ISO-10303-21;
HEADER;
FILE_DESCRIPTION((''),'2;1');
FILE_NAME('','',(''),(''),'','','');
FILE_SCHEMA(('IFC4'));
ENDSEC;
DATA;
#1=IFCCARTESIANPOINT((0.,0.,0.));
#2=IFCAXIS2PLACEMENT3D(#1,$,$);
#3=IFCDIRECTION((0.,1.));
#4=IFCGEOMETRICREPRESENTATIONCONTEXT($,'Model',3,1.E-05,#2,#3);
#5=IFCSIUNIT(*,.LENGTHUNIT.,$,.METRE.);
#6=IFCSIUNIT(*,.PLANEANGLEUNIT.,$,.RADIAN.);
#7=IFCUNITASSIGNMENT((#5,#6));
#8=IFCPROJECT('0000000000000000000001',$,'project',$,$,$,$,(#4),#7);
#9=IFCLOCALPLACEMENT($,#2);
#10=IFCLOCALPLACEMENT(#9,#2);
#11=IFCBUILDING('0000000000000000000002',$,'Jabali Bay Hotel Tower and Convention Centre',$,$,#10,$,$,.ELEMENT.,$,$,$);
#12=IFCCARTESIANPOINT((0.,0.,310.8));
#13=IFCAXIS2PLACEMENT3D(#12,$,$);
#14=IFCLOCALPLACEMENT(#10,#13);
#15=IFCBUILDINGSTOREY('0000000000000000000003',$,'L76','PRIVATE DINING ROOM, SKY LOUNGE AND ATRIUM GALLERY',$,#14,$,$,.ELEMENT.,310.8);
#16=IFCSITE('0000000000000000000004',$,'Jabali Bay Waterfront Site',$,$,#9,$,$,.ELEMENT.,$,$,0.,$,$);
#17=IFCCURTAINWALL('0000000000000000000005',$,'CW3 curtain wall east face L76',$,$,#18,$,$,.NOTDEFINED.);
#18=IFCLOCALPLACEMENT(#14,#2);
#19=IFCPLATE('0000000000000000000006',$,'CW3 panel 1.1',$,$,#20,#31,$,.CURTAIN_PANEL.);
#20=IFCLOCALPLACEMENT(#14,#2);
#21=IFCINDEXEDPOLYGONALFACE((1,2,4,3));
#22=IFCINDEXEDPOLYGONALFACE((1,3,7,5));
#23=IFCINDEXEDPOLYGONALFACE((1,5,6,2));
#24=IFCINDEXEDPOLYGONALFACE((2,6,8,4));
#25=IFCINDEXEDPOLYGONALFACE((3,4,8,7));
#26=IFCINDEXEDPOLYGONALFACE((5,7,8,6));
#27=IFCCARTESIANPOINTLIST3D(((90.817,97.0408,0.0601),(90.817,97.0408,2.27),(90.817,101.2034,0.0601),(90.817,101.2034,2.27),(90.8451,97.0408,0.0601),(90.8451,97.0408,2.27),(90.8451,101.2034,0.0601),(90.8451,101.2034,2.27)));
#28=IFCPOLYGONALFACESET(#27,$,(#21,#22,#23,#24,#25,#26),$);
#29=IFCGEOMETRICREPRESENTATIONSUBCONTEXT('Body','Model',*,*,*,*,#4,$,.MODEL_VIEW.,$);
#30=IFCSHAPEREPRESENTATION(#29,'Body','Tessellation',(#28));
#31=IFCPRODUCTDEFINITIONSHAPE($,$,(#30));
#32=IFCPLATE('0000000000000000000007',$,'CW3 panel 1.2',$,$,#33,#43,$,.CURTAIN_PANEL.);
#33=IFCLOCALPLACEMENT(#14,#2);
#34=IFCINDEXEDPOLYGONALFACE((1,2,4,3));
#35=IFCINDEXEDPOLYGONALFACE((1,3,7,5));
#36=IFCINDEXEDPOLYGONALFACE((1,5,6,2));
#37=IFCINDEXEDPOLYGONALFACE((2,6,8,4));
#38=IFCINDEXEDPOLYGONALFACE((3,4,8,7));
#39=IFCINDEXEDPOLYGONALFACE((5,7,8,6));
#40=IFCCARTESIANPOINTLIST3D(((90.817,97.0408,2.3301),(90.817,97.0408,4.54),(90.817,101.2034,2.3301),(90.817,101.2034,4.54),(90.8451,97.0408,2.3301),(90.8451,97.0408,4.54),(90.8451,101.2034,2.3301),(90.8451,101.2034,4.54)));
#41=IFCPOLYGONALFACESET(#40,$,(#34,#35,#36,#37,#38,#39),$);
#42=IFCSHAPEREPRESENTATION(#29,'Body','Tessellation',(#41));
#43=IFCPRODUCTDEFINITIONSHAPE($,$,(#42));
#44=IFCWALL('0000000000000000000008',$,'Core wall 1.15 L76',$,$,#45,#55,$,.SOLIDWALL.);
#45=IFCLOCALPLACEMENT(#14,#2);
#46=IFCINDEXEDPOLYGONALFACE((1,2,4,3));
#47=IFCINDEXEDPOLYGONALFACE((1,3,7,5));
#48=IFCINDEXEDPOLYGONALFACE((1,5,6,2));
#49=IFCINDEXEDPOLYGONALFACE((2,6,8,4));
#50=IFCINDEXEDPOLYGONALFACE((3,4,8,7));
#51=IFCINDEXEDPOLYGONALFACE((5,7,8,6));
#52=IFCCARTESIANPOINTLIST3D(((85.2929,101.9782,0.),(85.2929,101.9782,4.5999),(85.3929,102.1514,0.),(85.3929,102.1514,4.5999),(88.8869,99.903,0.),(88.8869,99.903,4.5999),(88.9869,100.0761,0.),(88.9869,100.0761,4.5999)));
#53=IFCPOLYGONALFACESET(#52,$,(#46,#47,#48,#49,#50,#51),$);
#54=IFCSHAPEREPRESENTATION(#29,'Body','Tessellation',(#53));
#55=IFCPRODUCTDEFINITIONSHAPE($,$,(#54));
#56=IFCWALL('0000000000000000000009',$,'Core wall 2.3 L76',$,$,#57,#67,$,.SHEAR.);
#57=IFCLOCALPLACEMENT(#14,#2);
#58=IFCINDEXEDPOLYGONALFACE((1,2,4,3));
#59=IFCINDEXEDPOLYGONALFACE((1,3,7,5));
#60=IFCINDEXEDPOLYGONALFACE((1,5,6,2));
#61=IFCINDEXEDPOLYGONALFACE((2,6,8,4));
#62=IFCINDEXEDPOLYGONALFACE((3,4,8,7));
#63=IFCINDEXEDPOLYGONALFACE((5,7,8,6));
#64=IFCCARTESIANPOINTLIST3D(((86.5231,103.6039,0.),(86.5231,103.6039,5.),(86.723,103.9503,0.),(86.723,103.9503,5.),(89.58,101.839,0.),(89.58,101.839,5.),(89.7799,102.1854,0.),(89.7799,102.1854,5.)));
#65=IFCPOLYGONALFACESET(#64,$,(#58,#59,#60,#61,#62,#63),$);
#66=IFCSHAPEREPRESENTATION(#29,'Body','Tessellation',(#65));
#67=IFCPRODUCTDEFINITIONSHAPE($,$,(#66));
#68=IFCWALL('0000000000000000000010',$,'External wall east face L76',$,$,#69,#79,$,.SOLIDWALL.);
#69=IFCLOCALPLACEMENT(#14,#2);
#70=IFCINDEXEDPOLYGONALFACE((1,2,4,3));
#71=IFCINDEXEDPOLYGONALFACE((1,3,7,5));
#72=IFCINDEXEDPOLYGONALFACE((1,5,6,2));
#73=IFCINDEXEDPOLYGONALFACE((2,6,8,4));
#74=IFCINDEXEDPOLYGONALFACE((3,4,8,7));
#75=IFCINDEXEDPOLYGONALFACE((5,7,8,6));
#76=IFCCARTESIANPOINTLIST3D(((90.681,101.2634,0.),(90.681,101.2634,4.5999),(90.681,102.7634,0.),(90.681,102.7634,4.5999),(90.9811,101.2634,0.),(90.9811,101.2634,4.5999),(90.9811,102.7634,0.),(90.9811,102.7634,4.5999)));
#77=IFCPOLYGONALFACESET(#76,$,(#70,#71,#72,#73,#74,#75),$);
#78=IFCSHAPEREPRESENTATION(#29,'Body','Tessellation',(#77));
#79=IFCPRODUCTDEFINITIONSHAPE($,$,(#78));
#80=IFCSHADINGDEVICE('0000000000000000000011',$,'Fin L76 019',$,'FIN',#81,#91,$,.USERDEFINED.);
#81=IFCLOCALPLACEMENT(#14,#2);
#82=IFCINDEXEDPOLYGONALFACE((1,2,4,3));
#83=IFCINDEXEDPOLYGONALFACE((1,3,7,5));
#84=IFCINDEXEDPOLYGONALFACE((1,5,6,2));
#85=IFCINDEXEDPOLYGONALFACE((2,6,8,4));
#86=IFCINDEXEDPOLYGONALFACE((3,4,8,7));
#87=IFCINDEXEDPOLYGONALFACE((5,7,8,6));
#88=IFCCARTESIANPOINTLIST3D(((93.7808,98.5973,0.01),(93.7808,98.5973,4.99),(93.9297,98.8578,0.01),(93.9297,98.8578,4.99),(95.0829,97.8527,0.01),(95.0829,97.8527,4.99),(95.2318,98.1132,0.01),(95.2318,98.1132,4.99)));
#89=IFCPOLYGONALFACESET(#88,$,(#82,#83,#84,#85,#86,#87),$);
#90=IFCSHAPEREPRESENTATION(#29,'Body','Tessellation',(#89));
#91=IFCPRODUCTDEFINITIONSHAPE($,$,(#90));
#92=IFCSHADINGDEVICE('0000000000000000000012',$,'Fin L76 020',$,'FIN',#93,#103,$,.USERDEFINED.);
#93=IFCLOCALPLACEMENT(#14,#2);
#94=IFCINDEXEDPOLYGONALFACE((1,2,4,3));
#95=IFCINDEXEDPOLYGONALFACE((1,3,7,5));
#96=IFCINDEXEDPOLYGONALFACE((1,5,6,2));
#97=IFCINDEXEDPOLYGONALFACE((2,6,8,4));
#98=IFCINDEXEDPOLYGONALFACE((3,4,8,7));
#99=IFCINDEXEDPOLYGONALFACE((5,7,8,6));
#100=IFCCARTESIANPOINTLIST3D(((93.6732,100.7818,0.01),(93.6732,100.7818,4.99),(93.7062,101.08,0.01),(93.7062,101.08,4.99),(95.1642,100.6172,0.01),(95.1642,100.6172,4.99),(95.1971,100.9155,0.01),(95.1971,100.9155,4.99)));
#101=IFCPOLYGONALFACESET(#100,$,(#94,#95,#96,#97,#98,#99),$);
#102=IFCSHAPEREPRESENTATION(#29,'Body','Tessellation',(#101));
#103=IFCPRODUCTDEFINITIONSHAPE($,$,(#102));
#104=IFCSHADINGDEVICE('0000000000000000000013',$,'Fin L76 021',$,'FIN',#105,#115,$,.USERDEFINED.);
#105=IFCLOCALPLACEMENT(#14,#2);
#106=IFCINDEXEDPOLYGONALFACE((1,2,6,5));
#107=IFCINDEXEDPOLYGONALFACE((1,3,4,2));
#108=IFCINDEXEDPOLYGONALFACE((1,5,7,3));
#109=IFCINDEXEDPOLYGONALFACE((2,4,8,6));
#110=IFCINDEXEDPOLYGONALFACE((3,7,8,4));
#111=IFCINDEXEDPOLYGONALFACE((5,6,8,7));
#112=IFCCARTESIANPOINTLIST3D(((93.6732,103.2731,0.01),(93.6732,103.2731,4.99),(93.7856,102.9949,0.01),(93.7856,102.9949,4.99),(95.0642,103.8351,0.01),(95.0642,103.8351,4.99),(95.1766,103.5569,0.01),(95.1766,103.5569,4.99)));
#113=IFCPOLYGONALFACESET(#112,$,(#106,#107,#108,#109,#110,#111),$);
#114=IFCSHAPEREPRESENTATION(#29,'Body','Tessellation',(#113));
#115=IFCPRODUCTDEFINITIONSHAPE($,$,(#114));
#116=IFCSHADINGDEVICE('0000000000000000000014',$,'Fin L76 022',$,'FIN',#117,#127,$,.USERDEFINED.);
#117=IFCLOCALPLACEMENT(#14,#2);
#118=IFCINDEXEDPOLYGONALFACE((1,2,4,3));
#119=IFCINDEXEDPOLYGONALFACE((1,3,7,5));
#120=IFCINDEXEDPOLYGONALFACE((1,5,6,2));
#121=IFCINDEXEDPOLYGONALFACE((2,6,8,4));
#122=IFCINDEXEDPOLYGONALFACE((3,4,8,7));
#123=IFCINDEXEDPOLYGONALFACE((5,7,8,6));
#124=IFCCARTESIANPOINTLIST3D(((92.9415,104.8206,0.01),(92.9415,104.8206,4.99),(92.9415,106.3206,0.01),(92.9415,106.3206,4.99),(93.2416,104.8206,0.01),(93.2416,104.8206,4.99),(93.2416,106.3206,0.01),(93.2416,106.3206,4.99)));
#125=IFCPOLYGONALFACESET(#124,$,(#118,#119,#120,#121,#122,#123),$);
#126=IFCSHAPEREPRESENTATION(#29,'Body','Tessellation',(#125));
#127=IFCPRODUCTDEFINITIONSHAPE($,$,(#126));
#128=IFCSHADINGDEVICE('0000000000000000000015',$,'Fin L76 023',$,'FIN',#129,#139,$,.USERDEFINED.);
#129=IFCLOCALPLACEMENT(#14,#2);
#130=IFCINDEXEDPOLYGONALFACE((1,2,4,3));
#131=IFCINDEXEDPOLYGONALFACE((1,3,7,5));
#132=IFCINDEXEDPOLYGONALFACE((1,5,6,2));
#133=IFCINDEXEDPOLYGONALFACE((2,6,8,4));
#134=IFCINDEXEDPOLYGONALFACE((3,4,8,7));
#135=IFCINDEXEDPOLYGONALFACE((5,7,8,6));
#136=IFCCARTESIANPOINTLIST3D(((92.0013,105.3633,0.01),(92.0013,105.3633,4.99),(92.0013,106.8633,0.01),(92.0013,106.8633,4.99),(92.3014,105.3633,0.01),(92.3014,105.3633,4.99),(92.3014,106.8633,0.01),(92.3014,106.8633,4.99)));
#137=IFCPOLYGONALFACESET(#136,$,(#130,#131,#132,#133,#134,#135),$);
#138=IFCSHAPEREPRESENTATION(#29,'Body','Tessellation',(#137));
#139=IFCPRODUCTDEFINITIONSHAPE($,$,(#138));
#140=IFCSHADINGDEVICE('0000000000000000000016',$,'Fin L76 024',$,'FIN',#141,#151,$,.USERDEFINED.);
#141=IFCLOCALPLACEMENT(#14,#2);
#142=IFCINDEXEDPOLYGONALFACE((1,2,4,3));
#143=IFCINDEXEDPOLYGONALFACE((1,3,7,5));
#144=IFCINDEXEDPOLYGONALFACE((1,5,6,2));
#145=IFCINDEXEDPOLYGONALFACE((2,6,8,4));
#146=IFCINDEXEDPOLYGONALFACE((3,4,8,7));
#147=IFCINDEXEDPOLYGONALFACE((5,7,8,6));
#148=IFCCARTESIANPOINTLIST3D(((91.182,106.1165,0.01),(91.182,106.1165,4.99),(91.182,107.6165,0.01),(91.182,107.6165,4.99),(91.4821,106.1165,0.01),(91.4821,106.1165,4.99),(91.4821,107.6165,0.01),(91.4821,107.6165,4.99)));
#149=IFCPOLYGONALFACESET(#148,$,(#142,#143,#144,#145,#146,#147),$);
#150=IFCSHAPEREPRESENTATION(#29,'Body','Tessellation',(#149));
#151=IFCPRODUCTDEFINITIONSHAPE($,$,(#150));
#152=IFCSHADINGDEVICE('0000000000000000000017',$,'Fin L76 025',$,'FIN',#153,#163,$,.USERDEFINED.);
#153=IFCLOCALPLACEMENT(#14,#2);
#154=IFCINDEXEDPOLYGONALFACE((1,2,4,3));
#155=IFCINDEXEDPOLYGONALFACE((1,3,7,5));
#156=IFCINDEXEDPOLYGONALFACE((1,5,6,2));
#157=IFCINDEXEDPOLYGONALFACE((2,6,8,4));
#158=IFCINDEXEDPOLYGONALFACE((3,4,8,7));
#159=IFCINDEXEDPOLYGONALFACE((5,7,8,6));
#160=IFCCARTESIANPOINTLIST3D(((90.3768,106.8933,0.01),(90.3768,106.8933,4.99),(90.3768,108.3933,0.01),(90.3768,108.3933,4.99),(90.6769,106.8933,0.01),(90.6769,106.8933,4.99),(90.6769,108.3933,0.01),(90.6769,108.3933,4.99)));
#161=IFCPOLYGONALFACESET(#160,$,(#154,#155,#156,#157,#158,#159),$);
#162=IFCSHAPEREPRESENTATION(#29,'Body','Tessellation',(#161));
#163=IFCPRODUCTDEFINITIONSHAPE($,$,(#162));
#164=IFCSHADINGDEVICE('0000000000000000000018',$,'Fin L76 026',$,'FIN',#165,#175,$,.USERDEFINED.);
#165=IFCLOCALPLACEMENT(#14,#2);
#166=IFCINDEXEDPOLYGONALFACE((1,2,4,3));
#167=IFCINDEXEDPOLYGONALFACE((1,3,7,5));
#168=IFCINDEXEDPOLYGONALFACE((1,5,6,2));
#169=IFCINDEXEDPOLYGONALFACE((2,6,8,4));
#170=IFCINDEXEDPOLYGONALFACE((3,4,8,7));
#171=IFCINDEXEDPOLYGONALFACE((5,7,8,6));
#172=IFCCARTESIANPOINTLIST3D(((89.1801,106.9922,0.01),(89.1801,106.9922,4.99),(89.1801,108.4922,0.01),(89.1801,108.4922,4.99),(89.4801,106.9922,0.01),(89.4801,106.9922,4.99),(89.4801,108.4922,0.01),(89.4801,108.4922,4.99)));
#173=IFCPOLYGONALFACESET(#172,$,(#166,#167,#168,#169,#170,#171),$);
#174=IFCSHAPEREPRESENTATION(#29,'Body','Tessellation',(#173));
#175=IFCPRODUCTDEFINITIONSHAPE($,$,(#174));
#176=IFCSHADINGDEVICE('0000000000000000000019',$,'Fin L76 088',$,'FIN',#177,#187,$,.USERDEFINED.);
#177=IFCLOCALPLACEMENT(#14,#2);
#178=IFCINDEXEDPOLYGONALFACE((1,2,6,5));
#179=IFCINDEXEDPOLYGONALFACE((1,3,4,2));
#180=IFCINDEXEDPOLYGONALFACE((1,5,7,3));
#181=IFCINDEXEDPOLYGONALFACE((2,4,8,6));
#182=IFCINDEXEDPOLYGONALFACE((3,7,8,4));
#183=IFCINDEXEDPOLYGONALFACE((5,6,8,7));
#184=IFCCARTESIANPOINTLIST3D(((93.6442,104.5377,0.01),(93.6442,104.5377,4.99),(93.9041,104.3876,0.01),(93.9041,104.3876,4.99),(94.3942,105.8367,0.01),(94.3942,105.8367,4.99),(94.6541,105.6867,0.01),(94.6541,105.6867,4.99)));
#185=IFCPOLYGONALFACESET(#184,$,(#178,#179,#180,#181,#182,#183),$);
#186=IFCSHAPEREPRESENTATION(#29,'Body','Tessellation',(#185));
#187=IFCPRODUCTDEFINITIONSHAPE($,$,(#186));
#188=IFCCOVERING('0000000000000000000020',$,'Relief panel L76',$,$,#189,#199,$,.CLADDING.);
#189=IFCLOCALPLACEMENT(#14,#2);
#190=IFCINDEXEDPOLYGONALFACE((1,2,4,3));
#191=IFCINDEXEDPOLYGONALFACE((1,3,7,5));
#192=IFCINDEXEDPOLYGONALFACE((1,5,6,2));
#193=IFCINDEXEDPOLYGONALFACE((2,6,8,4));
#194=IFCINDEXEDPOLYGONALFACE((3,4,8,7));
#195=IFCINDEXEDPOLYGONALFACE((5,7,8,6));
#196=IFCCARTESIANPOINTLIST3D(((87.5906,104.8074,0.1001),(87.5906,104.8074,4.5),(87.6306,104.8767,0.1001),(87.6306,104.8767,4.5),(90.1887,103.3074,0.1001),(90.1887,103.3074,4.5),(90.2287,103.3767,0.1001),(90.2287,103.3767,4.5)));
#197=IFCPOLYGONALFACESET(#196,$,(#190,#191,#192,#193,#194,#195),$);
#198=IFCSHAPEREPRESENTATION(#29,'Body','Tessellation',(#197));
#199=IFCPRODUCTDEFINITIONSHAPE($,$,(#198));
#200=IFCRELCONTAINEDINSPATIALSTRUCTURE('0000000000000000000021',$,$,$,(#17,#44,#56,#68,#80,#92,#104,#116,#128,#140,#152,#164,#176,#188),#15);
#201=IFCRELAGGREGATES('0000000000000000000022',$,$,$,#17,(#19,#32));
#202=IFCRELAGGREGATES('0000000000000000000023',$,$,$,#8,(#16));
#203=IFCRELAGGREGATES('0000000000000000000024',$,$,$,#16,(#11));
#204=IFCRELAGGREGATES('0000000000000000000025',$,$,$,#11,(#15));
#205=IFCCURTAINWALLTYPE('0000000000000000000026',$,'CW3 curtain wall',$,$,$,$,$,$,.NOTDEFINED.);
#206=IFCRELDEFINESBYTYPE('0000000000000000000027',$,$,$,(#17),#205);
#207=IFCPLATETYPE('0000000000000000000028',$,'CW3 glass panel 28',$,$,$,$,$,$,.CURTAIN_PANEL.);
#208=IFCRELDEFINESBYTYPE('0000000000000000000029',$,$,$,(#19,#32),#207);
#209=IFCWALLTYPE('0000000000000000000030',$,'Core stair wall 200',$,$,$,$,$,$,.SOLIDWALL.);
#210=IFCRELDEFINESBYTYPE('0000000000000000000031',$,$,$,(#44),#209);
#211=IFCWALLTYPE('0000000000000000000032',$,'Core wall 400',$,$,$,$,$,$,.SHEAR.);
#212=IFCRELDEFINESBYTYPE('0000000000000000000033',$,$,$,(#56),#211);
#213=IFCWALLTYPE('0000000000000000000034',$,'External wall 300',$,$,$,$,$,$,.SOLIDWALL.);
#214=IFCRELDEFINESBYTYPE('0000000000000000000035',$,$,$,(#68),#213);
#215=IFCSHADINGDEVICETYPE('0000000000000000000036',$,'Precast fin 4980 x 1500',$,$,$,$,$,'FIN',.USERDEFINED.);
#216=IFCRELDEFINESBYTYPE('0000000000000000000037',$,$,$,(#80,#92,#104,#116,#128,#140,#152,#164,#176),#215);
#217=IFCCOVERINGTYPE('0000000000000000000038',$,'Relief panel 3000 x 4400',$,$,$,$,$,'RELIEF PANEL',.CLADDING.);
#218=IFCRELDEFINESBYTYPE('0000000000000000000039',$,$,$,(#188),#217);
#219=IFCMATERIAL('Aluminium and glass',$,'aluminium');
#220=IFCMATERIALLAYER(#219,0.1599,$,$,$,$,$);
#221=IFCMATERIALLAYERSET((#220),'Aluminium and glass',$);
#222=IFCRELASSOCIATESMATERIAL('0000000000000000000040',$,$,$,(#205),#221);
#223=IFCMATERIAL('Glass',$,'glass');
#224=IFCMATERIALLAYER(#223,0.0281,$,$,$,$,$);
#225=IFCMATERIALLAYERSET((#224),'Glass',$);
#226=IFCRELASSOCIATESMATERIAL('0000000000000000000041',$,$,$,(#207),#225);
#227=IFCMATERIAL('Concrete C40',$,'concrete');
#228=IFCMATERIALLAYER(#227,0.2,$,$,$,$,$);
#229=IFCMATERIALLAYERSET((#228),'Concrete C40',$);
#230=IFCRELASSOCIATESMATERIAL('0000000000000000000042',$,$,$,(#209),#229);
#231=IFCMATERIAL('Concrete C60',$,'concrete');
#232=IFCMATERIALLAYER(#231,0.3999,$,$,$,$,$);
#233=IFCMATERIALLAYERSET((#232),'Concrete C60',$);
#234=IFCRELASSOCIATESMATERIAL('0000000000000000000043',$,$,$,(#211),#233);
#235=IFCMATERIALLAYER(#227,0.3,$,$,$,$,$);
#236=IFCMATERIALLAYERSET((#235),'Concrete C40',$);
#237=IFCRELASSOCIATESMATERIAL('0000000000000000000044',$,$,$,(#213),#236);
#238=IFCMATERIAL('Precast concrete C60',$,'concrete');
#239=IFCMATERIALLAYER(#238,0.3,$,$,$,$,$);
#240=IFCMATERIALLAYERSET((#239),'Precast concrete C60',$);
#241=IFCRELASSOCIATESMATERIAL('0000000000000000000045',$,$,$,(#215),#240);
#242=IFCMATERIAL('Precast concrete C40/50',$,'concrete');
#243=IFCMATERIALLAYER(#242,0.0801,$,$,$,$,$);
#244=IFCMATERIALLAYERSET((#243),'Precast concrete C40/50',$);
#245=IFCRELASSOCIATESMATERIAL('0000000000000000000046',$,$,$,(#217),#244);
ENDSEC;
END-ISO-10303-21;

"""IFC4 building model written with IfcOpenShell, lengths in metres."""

from ifc_helpers import new_model, si_unit, direction, frame, frame_2d, origin, origin_2d, place, context, subcontext, project, spatial, rectangle, extrude, material, layer, layer_set, type_object, element, aggregate, save


model = new_model("IFC4")

# Units and contexts
model_context = context("Model", 3, precision=1e-05, world=origin(), true_north=direction((0.0, 1.0)))
body_context = subcontext(model_context, "Body", "Model", "MODEL_VIEW")
ifc_project = project(units=[si_unit("LENGTHUNIT", "METRE"), si_unit("PLANEANGLEUNIT", "RADIAN")], contexts=[model_context])

# Site, building, storey
site_placement = place(None, origin())
site = spatial("IfcSite", under=ifc_project, at=site_placement, Name="Jabali Bay Waterfront Site", CompositionType="ELEMENT", RefElevation=0.0)
building_placement = place(site_placement, origin())
building = spatial("IfcBuilding", under=site, at=building_placement, Name="Jabali Bay Hotel Tower and Convention Centre", CompositionType="ELEMENT")
storey_placement = place(building_placement, frame((0.0, 0.0, 310.8)))
storey = spatial("IfcBuildingStorey", under=building, at=storey_placement, Name="L76", Description="PRIVATE DINING ROOM, SKY LOUNGE AND ATRIUM GALLERY", CompositionType="ELEMENT", Elevation=310.8)

# Shared definitions
ifc_material_1 = material(Name="Concrete C60", Category="concrete")

# Curtain wall
ifc_material_2 = material(Name="Aluminium and glass", Category="aluminium")
ifc_layer_1 = layer(ifc_material_2, 0.1599)
ifc_layer_set_1 = layer_set([ifc_layer_1], Name="Aluminium and glass")
curtain_wall_type = type_object("IfcCurtainWallType", Name="CW3 curtain wall", PredefinedType="NOTDEFINED", material=ifc_layer_set_1)
curtain_wall_placement = place(storey_placement, origin())
curtain_wall = element("IfcCurtainWall", 1, at=curtain_wall_placement, inside=storey, type_object=curtain_wall_type, Name="CW3 curtain wall east face L76", PredefinedType="NOTDEFINED")

# Plates
ifc_material_3 = material(Name="Glass", Category="glass")
ifc_layer_2 = layer(ifc_material_3, 0.0281)
ifc_layer_set_2 = layer_set([ifc_layer_2], Name="Glass")
plate_type = type_object("IfcPlateType", Name="CW3 glass panel 28", PredefinedType="CURTAIN_PANEL", material=ifc_layer_set_2)
plate_1_placement = place(storey_placement, frame((90.8311, 99.1221, 0.0601), z_axis=(0.0, 0.0, 1.0), x_axis=(0.0, -1.0, 0.0)))
plate_1 = element("IfcPlate", 2, at=plate_1_placement, type_object=plate_type, Name="CW3 panel 1.1", PredefinedType="CURTAIN_PANEL", context=body_context, shape_type="SweptSolid", body=[
    extrude(rectangle(XDim=4.1626, YDim=0.0281, at=origin_2d()), origin(), (0.0, 0.0, 1.0), 2.21),
])
plate_2_placement = place(storey_placement, frame((90.8311, 99.1221, 2.3301), z_axis=(0.0, 0.0, 1.0), x_axis=(0.0, -1.0, 0.0)))
plate_2 = element("IfcPlate", 3, at=plate_2_placement, type_object=plate_type, Name="CW3 panel 1.2", PredefinedType="CURTAIN_PANEL", context=body_context, shape_type="SweptSolid", body=[
    extrude(rectangle(XDim=4.1626, YDim=0.0281, at=origin_2d()), origin(), (0.0, 0.0, 1.0), 2.21),
])
aggregate(curtain_wall, [plate_1, plate_2])

# Walls
ifc_material_4 = material(Name="Concrete C40", Category="concrete")
ifc_layer_3 = layer(ifc_material_4, 0.2)
ifc_layer_set_3 = layer_set([ifc_layer_3], Name="Concrete C40")
wall_type_1 = type_object("IfcWallType", Name="Core stair wall 200", PredefinedType="SOLIDWALL", material=ifc_layer_set_3)
wall_1_placement = place(storey_placement, frame((88.937, 99.9895, 0.0), z_axis=(0.0, 0.0, 1.0), x_axis=(-0.866004, 0.500036, 0.0)))
element("IfcWall", 4, at=wall_1_placement, inside=storey, type_object=wall_type_1, Name="Core wall 1.15 L76", PredefinedType="SOLIDWALL", context=body_context, shape_type="SweptSolid", body=[
    extrude(rectangle(XDim=4.1501, YDim=0.2, at=frame_2d((2.0752, 0.0))), origin(), (0.0, 0.0, 1.0), 4.5999),
])
ifc_layer_4 = layer(ifc_material_1, 0.3999)
ifc_layer_set_4 = layer_set([ifc_layer_4], Name="Concrete C60")
wall_type_2 = type_object("IfcWallType", Name="Core wall 400", PredefinedType="SHEAR", material=ifc_layer_set_4)
wall_2_placement = place(storey_placement, frame((89.6799, 102.0122, 0.0), z_axis=(0.0, 0.0, 1.0), x_axis=(-0.866025, 0.5, 0.0)))
element("IfcWall", 5, at=wall_2_placement, inside=storey, type_object=wall_type_2, Name="Core wall 2.3 L76", PredefinedType="SHEAR", context=body_context, shape_type="SweptSolid", body=[
    extrude(rectangle(XDim=3.5298, YDim=0.3999, at=frame_2d((1.7649, 0.0))), origin(), (0.0, 0.0, 1.0), 5.0),
])
ifc_layer_5 = layer(ifc_material_4, 0.3)
ifc_layer_set_5 = layer_set([ifc_layer_5], Name="Concrete C40")
wall_type_3 = type_object("IfcWallType", Name="External wall 300", PredefinedType="SOLIDWALL", material=ifc_layer_set_5)
wall_3_placement = place(storey_placement, frame((90.8311, 102.7634, 0.0), z_axis=(0.0, 0.0, 1.0), x_axis=(0.0, -1.0, 0.0)))
element("IfcWall", 6, at=wall_3_placement, inside=storey, type_object=wall_type_3, Name="External wall east face L76", PredefinedType="SOLIDWALL", context=body_context, shape_type="SweptSolid", body=[
    extrude(rectangle(XDim=1.5, YDim=0.3, at=frame_2d((0.75, 0.0))), origin(), (0.0, 0.0, 1.0), 4.5999),
])

# Shading devices
ifc_material_5 = material(Name="Precast concrete C60", Category="concrete")
ifc_layer_6 = layer(ifc_material_5, 0.3)
ifc_layer_set_6 = layer_set([ifc_layer_6], Name="Precast concrete C60")
shading_device_type = type_object("IfcShadingDeviceType", Name="Precast fin 4980 x 1500", ElementType="FIN", PredefinedType="USERDEFINED", material=ifc_layer_set_6)
for number, where, z_axis, x_axis, name in (
    (7, (93.8552, 98.7275, 0.01), (0.0, 0.0, 1.0), (0.868103, -0.496384, 0.0), "Fin L76 019"),
    (8, (93.6897, 100.9309, 0.01), (0.0, 0.0, 1.0), (0.993965, -0.109699, 0.0), "Fin L76 020"),
):
    element("IfcShadingDevice", number, at=place(storey_placement, frame(where, z_axis=z_axis, x_axis=x_axis)), inside=storey, type_object=shading_device_type, Name=name, ObjectType="FIN", PredefinedType="USERDEFINED", context=body_context, shape_type="SweptSolid", body=[
        extrude(rectangle(XDim=1.5, YDim=0.3, at=frame_2d((0.75, 0.0))), origin(), (0.0, 0.0, 1.0), 4.98),
    ])
shading_device_placement = place(storey_placement, frame((93.7295, 103.134, 0.01), z_axis=(0.0, 0.0, 1.0), x_axis=(0.927169, 0.374643, 0.0)))
element("IfcShadingDevice", 9, at=shading_device_placement, inside=storey, type_object=shading_device_type, Name="Fin L76 021", ObjectType="FIN", PredefinedType="USERDEFINED", context=body_context, shape_type="SweptSolid", body=[
    extrude(rectangle(XDim=1.5002, YDim=0.3, at=frame_2d((0.75, 0.0))), origin(), (0.0, 0.0, 1.0), 4.98),
])
for number, where, z_axis, x_axis, name in (
    (10, (93.0916, 104.8206, 0.01), (0.0, 0.0, 1.0), (0.0, 1.0, 0.0), "Fin L76 022"),
    (11, (92.1514, 105.3633, 0.01), (0.0, 0.0, 1.0), (0.0, 1.0, 0.0), "Fin L76 023"),
    (12, (91.332, 106.1165, 0.01), (0.0, 0.0, 1.0), (0.0, 1.0, 0.0), "Fin L76 024"),
    (13, (90.5269, 106.8933, 0.01), (0.0, 0.0, 1.0), (0.0, 1.0, 0.0), "Fin L76 025"),
    (14, (89.3301, 106.9922, 0.01), (0.0, 0.0, 1.0), (0.0, 1.0, 0.0), "Fin L76 026"),
    (15, (93.7742, 104.4626, 0.01), (0.0, 0.0, 1.0), (0.49999, 0.866031, 0.0), "Fin L76 088"),
):
    element("IfcShadingDevice", number, at=place(storey_placement, frame(where, z_axis=z_axis, x_axis=x_axis)), inside=storey, type_object=shading_device_type, Name=name, ObjectType="FIN", PredefinedType="USERDEFINED", context=body_context, shape_type="SweptSolid", body=[
        extrude(rectangle(XDim=1.5, YDim=0.3, at=frame_2d((0.75, 0.0))), origin(), (0.0, 0.0, 1.0), 4.98),
    ])

# Covering
ifc_material_6 = material(Name="Precast concrete C40/50", Category="concrete")
ifc_layer_7 = layer(ifc_material_6, 0.0801)
ifc_layer_set_7 = layer_set([ifc_layer_7], Name="Precast concrete C40/50")
covering_type = type_object("IfcCoveringType", Name="Relief panel 3000 x 4400", ElementType="RELIEF PANEL", PredefinedType="CLADDING", material=ifc_layer_set_7)
covering_placement = place(storey_placement, frame((88.9097, 104.092, 0.1001), z_axis=(0.0, 0.0, 1.0), x_axis=(0.866025, -0.5, 0.0)))
element("IfcCovering", 16, at=covering_placement, inside=storey, type_object=covering_type, Name="Relief panel L76", PredefinedType="CLADDING", context=body_context, shape_type="SweptSolid", body=[
    extrude(rectangle(XDim=3.0, YDim=0.0801, at=origin_2d()), origin(), (0.0, 0.0, 1.0), 4.3999),
])

save(model, "model.ifc")
